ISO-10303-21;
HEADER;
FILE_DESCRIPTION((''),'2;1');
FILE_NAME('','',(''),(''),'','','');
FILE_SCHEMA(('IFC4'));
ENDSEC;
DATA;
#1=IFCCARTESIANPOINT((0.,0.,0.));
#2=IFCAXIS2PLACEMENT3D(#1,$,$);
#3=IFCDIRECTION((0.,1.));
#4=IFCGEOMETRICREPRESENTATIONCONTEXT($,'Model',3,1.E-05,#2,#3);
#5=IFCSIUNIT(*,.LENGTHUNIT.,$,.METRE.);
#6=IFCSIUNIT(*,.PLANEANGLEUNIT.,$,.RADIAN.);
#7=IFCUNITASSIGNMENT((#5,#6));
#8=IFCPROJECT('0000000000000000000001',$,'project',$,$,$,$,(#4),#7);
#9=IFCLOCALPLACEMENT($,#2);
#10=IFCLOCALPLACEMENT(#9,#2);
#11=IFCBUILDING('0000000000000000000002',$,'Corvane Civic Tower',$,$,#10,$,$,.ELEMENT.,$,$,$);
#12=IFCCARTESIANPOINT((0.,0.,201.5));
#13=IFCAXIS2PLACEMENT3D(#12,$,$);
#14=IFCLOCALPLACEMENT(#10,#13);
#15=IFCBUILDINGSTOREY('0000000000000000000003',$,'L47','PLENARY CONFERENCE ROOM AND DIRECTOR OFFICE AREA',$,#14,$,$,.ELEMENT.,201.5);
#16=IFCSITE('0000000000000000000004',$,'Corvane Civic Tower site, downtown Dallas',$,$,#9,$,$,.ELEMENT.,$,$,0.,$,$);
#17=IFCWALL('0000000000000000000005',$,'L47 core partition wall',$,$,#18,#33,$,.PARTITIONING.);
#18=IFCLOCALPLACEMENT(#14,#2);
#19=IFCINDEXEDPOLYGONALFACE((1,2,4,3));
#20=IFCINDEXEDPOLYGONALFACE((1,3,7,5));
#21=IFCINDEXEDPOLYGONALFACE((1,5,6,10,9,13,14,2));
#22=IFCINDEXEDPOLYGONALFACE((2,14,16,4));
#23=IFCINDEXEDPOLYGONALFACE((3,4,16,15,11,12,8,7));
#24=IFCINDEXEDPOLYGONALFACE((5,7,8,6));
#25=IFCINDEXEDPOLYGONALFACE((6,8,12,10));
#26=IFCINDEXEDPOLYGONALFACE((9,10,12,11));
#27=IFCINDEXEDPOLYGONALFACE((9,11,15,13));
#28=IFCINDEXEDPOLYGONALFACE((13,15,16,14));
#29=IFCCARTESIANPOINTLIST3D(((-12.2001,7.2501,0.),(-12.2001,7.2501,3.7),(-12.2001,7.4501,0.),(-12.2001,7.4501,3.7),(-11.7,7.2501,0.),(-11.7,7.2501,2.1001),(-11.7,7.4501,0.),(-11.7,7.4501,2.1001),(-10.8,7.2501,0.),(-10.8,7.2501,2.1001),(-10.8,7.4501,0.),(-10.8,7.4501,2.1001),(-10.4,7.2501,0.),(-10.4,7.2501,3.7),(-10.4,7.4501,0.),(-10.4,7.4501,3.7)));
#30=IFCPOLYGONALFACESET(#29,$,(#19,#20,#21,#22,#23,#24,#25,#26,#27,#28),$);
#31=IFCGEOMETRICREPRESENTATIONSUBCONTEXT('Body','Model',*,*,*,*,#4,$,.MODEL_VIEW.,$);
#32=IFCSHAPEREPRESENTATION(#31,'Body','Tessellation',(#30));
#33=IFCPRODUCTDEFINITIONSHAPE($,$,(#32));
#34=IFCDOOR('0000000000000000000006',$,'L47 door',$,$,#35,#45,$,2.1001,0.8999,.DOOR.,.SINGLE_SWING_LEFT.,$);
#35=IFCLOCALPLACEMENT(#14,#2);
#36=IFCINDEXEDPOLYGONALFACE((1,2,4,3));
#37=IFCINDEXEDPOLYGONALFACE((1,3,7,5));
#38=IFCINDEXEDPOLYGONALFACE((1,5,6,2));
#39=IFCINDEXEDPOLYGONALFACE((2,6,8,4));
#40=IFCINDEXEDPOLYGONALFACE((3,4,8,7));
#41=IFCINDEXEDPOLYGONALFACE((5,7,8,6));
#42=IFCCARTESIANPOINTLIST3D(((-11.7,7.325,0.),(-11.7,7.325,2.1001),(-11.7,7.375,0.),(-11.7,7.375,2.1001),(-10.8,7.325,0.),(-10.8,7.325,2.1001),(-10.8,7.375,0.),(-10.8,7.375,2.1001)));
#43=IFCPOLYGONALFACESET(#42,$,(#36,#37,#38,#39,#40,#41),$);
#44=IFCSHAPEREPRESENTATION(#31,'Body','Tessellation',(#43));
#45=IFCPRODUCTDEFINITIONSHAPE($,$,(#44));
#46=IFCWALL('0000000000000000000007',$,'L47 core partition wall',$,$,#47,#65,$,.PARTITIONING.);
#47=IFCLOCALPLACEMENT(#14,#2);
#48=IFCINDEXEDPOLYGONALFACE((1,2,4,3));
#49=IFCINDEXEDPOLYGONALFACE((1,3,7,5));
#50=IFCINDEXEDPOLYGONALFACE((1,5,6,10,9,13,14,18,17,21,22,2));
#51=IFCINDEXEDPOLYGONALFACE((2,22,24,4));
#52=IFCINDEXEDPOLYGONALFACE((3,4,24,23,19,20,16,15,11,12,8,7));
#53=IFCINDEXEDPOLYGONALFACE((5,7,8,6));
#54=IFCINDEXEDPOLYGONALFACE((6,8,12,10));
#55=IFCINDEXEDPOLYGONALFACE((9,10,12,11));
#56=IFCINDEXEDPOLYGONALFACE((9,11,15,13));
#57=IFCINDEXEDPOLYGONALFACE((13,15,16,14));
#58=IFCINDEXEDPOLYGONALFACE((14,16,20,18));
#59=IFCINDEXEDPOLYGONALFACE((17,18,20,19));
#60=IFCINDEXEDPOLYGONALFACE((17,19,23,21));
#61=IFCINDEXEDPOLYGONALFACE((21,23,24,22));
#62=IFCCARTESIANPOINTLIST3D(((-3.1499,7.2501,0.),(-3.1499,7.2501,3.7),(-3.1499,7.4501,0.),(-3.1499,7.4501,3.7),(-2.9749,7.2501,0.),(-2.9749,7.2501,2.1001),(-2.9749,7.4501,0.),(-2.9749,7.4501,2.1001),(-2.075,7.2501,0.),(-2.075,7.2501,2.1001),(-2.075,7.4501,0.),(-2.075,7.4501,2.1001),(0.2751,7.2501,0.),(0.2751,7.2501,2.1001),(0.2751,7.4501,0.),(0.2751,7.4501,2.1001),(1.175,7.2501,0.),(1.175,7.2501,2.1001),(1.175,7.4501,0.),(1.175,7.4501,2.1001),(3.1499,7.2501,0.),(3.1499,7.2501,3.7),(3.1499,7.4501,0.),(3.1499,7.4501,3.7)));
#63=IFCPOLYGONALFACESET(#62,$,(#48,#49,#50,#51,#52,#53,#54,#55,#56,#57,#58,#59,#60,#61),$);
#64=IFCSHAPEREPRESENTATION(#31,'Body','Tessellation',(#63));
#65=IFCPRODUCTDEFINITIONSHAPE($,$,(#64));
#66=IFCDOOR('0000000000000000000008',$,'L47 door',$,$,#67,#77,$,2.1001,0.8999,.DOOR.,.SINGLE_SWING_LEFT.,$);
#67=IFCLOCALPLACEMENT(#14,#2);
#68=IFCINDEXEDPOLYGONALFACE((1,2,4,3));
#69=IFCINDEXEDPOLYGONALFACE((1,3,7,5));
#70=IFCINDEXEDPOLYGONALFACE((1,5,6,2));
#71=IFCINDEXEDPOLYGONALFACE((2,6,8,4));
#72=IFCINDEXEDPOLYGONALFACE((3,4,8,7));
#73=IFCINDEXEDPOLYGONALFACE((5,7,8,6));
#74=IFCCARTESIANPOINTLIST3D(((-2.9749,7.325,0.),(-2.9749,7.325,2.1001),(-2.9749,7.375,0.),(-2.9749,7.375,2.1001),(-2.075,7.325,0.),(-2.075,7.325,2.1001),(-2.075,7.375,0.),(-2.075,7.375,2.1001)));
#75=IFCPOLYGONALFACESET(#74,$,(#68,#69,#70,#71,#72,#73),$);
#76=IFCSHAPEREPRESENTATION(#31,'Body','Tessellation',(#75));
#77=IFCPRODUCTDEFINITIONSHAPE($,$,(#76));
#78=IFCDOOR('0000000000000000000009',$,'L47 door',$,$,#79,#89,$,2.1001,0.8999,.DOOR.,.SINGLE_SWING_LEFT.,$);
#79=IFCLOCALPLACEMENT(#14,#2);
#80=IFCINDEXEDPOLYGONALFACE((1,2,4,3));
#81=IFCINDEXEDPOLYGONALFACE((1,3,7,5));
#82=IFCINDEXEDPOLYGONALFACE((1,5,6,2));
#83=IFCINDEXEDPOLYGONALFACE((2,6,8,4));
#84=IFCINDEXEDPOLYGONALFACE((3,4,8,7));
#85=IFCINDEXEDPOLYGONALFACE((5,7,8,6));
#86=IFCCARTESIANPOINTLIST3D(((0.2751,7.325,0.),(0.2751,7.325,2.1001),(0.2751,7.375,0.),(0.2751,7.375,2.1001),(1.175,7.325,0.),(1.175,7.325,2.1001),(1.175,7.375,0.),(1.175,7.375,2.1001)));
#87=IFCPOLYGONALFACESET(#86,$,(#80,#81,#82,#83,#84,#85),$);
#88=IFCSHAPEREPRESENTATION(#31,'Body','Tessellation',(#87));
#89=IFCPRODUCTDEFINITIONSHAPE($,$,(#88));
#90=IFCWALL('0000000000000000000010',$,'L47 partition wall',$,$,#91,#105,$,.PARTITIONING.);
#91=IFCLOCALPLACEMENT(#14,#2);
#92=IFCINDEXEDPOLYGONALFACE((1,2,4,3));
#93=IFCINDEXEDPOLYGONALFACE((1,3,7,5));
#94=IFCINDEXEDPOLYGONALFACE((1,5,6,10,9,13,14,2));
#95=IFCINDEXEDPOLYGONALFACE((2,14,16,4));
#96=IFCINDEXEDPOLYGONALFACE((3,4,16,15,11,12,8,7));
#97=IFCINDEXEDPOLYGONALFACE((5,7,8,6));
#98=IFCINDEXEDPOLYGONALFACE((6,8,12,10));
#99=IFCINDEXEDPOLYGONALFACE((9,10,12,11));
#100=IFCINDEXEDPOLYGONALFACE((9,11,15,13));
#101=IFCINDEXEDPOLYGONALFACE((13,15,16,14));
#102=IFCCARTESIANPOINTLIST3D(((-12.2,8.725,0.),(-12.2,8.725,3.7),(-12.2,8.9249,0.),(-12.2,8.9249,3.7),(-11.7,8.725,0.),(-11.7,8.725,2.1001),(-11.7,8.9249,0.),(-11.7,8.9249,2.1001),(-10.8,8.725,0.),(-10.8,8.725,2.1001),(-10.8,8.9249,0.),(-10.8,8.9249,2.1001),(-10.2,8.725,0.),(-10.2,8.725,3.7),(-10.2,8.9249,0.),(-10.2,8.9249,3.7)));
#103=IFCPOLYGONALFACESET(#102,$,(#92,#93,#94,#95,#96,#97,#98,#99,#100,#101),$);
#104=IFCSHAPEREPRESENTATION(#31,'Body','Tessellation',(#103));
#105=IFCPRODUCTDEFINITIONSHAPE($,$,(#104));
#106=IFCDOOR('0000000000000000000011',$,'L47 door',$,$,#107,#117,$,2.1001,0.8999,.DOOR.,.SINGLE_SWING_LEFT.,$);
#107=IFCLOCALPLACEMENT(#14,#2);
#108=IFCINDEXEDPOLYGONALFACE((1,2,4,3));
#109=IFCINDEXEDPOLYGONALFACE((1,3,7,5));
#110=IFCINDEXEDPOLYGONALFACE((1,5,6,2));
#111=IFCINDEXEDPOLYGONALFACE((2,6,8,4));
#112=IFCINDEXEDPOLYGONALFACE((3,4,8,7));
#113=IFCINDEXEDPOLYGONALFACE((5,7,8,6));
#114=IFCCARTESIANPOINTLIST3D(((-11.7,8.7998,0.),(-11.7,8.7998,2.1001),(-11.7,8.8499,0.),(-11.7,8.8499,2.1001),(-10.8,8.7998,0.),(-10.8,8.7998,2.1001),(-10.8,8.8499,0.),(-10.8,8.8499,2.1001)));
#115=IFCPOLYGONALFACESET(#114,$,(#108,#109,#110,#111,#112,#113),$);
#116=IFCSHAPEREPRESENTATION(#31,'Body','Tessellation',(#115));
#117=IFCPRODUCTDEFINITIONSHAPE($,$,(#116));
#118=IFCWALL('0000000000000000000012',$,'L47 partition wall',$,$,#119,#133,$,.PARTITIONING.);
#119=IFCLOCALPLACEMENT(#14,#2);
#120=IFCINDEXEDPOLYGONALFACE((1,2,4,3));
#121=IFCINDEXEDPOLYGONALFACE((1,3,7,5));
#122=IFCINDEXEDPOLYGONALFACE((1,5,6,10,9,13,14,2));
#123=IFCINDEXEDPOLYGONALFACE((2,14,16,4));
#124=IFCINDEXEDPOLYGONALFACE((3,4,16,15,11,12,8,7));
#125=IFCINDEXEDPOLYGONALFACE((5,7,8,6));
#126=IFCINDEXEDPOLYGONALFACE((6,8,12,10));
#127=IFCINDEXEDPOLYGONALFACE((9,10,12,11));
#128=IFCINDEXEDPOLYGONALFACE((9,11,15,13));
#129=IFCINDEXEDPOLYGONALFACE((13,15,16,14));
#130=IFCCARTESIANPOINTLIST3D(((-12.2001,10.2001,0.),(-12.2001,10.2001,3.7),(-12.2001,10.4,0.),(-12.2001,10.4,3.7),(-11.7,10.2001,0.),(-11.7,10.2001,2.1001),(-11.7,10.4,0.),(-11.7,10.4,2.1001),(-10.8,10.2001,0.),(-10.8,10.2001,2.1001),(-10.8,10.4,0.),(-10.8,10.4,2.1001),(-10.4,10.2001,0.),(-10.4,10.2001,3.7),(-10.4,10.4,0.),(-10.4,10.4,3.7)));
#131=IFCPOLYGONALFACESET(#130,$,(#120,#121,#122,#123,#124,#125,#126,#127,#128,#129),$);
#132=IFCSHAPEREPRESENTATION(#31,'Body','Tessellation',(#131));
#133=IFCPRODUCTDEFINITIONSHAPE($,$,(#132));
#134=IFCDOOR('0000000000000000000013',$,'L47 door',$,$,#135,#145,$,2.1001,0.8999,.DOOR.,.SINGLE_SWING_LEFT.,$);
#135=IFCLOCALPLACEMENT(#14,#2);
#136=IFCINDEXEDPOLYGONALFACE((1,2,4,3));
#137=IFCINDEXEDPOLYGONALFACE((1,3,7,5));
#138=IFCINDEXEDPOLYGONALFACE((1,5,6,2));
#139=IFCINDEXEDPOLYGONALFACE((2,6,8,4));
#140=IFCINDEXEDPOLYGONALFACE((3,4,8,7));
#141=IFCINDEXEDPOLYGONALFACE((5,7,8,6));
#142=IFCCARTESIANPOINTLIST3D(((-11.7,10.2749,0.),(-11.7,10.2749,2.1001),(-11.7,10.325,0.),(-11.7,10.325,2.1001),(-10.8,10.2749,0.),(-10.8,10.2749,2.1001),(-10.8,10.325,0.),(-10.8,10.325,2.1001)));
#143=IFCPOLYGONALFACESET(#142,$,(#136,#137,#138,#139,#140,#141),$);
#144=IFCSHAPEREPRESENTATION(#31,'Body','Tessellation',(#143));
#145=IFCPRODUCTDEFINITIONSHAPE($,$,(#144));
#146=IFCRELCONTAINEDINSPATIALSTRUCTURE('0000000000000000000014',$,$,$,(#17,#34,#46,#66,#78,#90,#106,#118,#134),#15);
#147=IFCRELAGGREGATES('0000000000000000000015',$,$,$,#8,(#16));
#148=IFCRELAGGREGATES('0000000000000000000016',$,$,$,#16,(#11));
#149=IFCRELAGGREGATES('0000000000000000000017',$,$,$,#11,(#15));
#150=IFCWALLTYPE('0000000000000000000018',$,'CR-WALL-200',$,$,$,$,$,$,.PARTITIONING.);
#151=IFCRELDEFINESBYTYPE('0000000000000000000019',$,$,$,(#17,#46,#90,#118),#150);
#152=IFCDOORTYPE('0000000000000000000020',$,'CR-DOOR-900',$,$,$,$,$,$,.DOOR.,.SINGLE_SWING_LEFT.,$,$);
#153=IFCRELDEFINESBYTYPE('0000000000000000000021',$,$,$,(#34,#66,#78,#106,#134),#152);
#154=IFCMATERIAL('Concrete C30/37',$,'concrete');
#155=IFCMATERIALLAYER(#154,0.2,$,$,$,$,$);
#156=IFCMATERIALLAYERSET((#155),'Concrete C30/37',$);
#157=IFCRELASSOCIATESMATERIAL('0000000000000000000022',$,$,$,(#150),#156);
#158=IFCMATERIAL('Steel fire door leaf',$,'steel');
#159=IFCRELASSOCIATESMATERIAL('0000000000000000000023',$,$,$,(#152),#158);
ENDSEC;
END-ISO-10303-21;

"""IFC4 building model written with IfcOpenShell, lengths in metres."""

from ifc_helpers import new_model, si_unit, direction, frame, frame_2d, origin, place, context, subcontext, project, spatial, rectangle, extrude, material, layer, layer_set, type_object, element, fill, save


model = new_model("IFC4")

# Units and contexts
model_context = context("Model", 3, precision=1e-05, world=origin(), true_north=direction((0.0, 1.0)))
body_context = subcontext(model_context, "Body", "Model", "MODEL_VIEW")
ifc_project = project(units=[si_unit("LENGTHUNIT", "METRE"), si_unit("PLANEANGLEUNIT", "RADIAN")], contexts=[model_context])

# Site, building, storey
site_placement = place(None, origin())
site = spatial("IfcSite", under=ifc_project, at=site_placement, Name="Corvane Civic Tower site, downtown Dallas", CompositionType="ELEMENT", RefElevation=0.0)
building_placement = place(site_placement, origin())
building = spatial("IfcBuilding", under=site, at=building_placement, Name="Corvane Civic Tower", CompositionType="ELEMENT")
storey_placement = place(building_placement, frame((0.0, 0.0, 201.5)))
storey = spatial("IfcBuildingStorey", under=building, at=storey_placement, Name="L47", Description="PLENARY CONFERENCE ROOM AND DIRECTOR OFFICE AREA", CompositionType="ELEMENT", Elevation=201.5)

# Wall, opening, door
ifc_material_1 = material(Name="Concrete C30/37", Category="concrete")
ifc_layer_1 = layer(ifc_material_1, 0.2)
ifc_layer_set_1 = layer_set([ifc_layer_1], Name="Concrete C30/37")
wall_type_1 = type_object("IfcWallType", Name="CR-WALL-200", PredefinedType="PARTITIONING", material=ifc_layer_set_1)
wall_1_placement = place(storey_placement, frame((-12.2, 7.3501, 0.0), z_axis=(0.0, 0.0, 1.0), x_axis=(1.0, 0.0, 0.0)))
wall_1 = element("IfcWall", 1, at=wall_1_placement, inside=storey, type_object=wall_type_1, Name="L47 core partition wall", PredefinedType="PARTITIONING", context=body_context, shape_type="SweptSolid", body=[
    extrude(rectangle(XDim=1.8, YDim=0.2, at=frame_2d((0.8999, 0.0))), origin(), (0.0, 0.0, 1.0), 3.7),
])
opening_1_placement = place(wall_1_placement, frame((0.5, 0.0, 0.0)))
opening_1 = element("IfcOpeningElement", 2, at=opening_1_placement, cuts=wall_1, PredefinedType="OPENING", context=body_context, shape_type="SweptSolid", body=[
    extrude(rectangle(XDim=0.8999, YDim=2.1001, at=frame_2d((0.45, 1.05))), frame((0.0, 0.1099, 0.0), z_axis=(0.0, -1.0, 0.0), x_axis=(1.0, 0.0, 0.0)), (0.0, 0.0, 1.0), 0.22),
])
ifc_material_2 = material(Name="Steel fire door leaf", Category="steel")
door_type_1 = type_object("IfcDoorType", Name="CR-DOOR-900", OperationType="SINGLE_SWING_LEFT", PredefinedType="DOOR", material=ifc_material_2)
door_1_placement = place(opening_1_placement, origin())
door_1 = element("IfcDoor", 3, at=door_1_placement, inside=storey, type_object=door_type_1, Name="L47 door", OperationType="SINGLE_SWING_LEFT", OverallHeight=2.1001, OverallWidth=0.8999, PredefinedType="DOOR", context=body_context, shape_type="SweptSolid", body=[
    extrude(rectangle(XDim=0.8999, YDim=2.1001, at=frame_2d((0.45, 1.05))), frame((0.0, 0.0249, 0.0), z_axis=(0.0, -1.0, 0.0), x_axis=(1.0, 0.0, 0.0)), (0.0, 0.0, 1.0), 0.05),
])
fill(opening_1, door_1)

# Wall, openings, doors
wall_2_placement = place(storey_placement, frame((-3.1499, 7.3501, 0.0), z_axis=(0.0, 0.0, 1.0), x_axis=(1.0, 0.0, 0.0)))
wall_2 = element("IfcWall", 4, at=wall_2_placement, inside=storey, type_object=wall_type_1, Name="L47 core partition wall", PredefinedType="PARTITIONING", context=body_context, shape_type="SweptSolid", body=[
    extrude(rectangle(XDim=6.2998, YDim=0.2, at=frame_2d((3.1499, 0.0))), origin(), (0.0, 0.0, 1.0), 3.7),
])
opening_2_placement = place(wall_2_placement, frame((0.175, 0.0, 0.0)))
opening_2 = element("IfcOpeningElement", 5, at=opening_2_placement, cuts=wall_2, PredefinedType="OPENING", context=body_context, shape_type="SweptSolid", body=[
    extrude(rectangle(XDim=0.8999, YDim=2.1001, at=frame_2d((0.45, 1.05))), frame((0.0, 0.1099, 0.0), z_axis=(0.0, -1.0, 0.0), x_axis=(1.0, 0.0, 0.0)), (0.0, 0.0, 1.0), 0.22),
])
opening_3_placement = place(wall_2_placement, frame((3.425, 0.0, 0.0)))
opening_3 = element("IfcOpeningElement", 6, at=opening_3_placement, cuts=wall_2, PredefinedType="OPENING", context=body_context, shape_type="SweptSolid", body=[
    extrude(rectangle(XDim=0.8999, YDim=2.1001, at=frame_2d((0.45, 1.05))), frame((0.0, 0.1099, 0.0), z_axis=(0.0, -1.0, 0.0), x_axis=(1.0, 0.0, 0.0)), (0.0, 0.0, 1.0), 0.22),
])
door_2_placement = place(opening_2_placement, origin())
door_2 = element("IfcDoor", 7, at=door_2_placement, inside=storey, type_object=door_type_1, Name="L47 door", OperationType="SINGLE_SWING_LEFT", OverallHeight=2.1001, OverallWidth=0.8999, PredefinedType="DOOR", context=body_context, shape_type="SweptSolid", body=[
    extrude(rectangle(XDim=0.8999, YDim=2.1001, at=frame_2d((0.45, 1.05))), frame((0.0, 0.0249, 0.0), z_axis=(0.0, -1.0, 0.0), x_axis=(1.0, 0.0, 0.0)), (0.0, 0.0, 1.0), 0.05),
])
fill(opening_2, door_2)
door_3_placement = place(opening_3_placement, origin())
door_3 = element("IfcDoor", 8, at=door_3_placement, inside=storey, type_object=door_type_1, Name="L47 door", OperationType="SINGLE_SWING_LEFT", OverallHeight=2.1001, OverallWidth=0.8999, PredefinedType="DOOR", context=body_context, shape_type="SweptSolid", body=[
    extrude(rectangle(XDim=0.8999, YDim=2.1001, at=frame_2d((0.45, 1.05))), frame((0.0, 0.0249, 0.0), z_axis=(0.0, -1.0, 0.0), x_axis=(1.0, 0.0, 0.0)), (0.0, 0.0, 1.0), 0.05),
])
fill(opening_3, door_3)

# Walls, openings, doors
wall_3_placement = place(storey_placement, frame((-12.2, 8.825, 0.0), z_axis=(0.0, 0.0, 1.0), x_axis=(1.0, 0.0, 0.0)))
wall_3 = element("IfcWall", 9, at=wall_3_placement, inside=storey, type_object=wall_type_1, Name="L47 partition wall", PredefinedType="PARTITIONING", context=body_context, shape_type="SweptSolid", body=[
    extrude(rectangle(XDim=2.0, YDim=0.2, at=frame_2d((1.0, 0.0))), origin(), (0.0, 0.0, 1.0), 3.7),
])
opening_4_placement = place(wall_3_placement, frame((0.5, 0.0, 0.0)))
opening_4 = element("IfcOpeningElement", 10, at=opening_4_placement, cuts=wall_3, PredefinedType="OPENING", context=body_context, shape_type="SweptSolid", body=[
    extrude(rectangle(XDim=0.8999, YDim=2.1001, at=frame_2d((0.45, 1.05))), frame((0.0, 0.1099, 0.0), z_axis=(0.0, -1.0, 0.0), x_axis=(1.0, 0.0, 0.0)), (0.0, 0.0, 1.0), 0.22),
])
door_4_placement = place(opening_4_placement, origin())
door_4 = element("IfcDoor", 11, at=door_4_placement, inside=storey, type_object=door_type_1, Name="L47 door", OperationType="SINGLE_SWING_LEFT", OverallHeight=2.1001, OverallWidth=0.8999, PredefinedType="DOOR", context=body_context, shape_type="SweptSolid", body=[
    extrude(rectangle(XDim=0.8999, YDim=2.1001, at=frame_2d((0.45, 1.05))), frame((0.0, 0.0249, 0.0), z_axis=(0.0, -1.0, 0.0), x_axis=(1.0, 0.0, 0.0)), (0.0, 0.0, 1.0), 0.05),
])
fill(opening_4, door_4)
wall_4_placement = place(storey_placement, frame((-12.2, 10.3, 0.0), z_axis=(0.0, 0.0, 1.0), x_axis=(1.0, 0.0, 0.0)))
wall_4 = element("IfcWall", 12, at=wall_4_placement, inside=storey, type_object=wall_type_1, Name="L47 partition wall", PredefinedType="PARTITIONING", context=body_context, shape_type="SweptSolid", body=[
    extrude(rectangle(XDim=1.8, YDim=0.2, at=frame_2d((0.8999, 0.0))), origin(), (0.0, 0.0, 1.0), 3.7),
])
opening_5_placement = place(wall_4_placement, frame((0.5, 0.0, 0.0)))
opening_5 = element("IfcOpeningElement", 13, at=opening_5_placement, cuts=wall_4, PredefinedType="OPENING", context=body_context, shape_type="SweptSolid", body=[
    extrude(rectangle(XDim=0.8999, YDim=2.1001, at=frame_2d((0.45, 1.05))), frame((0.0, 0.1099, 0.0), z_axis=(0.0, -1.0, 0.0), x_axis=(1.0, 0.0, 0.0)), (0.0, 0.0, 1.0), 0.22),
])
door_5_placement = place(opening_5_placement, origin())
door_5 = element("IfcDoor", 14, at=door_5_placement, inside=storey, type_object=door_type_1, Name="L47 door", OperationType="SINGLE_SWING_LEFT", OverallHeight=2.1001, OverallWidth=0.8999, PredefinedType="DOOR", context=body_context, shape_type="SweptSolid", body=[
    extrude(rectangle(XDim=0.8999, YDim=2.1001, at=frame_2d((0.45, 1.05))), frame((0.0, 0.0249, 0.0), z_axis=(0.0, -1.0, 0.0), x_axis=(1.0, 0.0, 0.0)), (0.0, 0.0, 1.0), 0.05),
])
fill(opening_5, door_5)

save(model, "model.ifc")
